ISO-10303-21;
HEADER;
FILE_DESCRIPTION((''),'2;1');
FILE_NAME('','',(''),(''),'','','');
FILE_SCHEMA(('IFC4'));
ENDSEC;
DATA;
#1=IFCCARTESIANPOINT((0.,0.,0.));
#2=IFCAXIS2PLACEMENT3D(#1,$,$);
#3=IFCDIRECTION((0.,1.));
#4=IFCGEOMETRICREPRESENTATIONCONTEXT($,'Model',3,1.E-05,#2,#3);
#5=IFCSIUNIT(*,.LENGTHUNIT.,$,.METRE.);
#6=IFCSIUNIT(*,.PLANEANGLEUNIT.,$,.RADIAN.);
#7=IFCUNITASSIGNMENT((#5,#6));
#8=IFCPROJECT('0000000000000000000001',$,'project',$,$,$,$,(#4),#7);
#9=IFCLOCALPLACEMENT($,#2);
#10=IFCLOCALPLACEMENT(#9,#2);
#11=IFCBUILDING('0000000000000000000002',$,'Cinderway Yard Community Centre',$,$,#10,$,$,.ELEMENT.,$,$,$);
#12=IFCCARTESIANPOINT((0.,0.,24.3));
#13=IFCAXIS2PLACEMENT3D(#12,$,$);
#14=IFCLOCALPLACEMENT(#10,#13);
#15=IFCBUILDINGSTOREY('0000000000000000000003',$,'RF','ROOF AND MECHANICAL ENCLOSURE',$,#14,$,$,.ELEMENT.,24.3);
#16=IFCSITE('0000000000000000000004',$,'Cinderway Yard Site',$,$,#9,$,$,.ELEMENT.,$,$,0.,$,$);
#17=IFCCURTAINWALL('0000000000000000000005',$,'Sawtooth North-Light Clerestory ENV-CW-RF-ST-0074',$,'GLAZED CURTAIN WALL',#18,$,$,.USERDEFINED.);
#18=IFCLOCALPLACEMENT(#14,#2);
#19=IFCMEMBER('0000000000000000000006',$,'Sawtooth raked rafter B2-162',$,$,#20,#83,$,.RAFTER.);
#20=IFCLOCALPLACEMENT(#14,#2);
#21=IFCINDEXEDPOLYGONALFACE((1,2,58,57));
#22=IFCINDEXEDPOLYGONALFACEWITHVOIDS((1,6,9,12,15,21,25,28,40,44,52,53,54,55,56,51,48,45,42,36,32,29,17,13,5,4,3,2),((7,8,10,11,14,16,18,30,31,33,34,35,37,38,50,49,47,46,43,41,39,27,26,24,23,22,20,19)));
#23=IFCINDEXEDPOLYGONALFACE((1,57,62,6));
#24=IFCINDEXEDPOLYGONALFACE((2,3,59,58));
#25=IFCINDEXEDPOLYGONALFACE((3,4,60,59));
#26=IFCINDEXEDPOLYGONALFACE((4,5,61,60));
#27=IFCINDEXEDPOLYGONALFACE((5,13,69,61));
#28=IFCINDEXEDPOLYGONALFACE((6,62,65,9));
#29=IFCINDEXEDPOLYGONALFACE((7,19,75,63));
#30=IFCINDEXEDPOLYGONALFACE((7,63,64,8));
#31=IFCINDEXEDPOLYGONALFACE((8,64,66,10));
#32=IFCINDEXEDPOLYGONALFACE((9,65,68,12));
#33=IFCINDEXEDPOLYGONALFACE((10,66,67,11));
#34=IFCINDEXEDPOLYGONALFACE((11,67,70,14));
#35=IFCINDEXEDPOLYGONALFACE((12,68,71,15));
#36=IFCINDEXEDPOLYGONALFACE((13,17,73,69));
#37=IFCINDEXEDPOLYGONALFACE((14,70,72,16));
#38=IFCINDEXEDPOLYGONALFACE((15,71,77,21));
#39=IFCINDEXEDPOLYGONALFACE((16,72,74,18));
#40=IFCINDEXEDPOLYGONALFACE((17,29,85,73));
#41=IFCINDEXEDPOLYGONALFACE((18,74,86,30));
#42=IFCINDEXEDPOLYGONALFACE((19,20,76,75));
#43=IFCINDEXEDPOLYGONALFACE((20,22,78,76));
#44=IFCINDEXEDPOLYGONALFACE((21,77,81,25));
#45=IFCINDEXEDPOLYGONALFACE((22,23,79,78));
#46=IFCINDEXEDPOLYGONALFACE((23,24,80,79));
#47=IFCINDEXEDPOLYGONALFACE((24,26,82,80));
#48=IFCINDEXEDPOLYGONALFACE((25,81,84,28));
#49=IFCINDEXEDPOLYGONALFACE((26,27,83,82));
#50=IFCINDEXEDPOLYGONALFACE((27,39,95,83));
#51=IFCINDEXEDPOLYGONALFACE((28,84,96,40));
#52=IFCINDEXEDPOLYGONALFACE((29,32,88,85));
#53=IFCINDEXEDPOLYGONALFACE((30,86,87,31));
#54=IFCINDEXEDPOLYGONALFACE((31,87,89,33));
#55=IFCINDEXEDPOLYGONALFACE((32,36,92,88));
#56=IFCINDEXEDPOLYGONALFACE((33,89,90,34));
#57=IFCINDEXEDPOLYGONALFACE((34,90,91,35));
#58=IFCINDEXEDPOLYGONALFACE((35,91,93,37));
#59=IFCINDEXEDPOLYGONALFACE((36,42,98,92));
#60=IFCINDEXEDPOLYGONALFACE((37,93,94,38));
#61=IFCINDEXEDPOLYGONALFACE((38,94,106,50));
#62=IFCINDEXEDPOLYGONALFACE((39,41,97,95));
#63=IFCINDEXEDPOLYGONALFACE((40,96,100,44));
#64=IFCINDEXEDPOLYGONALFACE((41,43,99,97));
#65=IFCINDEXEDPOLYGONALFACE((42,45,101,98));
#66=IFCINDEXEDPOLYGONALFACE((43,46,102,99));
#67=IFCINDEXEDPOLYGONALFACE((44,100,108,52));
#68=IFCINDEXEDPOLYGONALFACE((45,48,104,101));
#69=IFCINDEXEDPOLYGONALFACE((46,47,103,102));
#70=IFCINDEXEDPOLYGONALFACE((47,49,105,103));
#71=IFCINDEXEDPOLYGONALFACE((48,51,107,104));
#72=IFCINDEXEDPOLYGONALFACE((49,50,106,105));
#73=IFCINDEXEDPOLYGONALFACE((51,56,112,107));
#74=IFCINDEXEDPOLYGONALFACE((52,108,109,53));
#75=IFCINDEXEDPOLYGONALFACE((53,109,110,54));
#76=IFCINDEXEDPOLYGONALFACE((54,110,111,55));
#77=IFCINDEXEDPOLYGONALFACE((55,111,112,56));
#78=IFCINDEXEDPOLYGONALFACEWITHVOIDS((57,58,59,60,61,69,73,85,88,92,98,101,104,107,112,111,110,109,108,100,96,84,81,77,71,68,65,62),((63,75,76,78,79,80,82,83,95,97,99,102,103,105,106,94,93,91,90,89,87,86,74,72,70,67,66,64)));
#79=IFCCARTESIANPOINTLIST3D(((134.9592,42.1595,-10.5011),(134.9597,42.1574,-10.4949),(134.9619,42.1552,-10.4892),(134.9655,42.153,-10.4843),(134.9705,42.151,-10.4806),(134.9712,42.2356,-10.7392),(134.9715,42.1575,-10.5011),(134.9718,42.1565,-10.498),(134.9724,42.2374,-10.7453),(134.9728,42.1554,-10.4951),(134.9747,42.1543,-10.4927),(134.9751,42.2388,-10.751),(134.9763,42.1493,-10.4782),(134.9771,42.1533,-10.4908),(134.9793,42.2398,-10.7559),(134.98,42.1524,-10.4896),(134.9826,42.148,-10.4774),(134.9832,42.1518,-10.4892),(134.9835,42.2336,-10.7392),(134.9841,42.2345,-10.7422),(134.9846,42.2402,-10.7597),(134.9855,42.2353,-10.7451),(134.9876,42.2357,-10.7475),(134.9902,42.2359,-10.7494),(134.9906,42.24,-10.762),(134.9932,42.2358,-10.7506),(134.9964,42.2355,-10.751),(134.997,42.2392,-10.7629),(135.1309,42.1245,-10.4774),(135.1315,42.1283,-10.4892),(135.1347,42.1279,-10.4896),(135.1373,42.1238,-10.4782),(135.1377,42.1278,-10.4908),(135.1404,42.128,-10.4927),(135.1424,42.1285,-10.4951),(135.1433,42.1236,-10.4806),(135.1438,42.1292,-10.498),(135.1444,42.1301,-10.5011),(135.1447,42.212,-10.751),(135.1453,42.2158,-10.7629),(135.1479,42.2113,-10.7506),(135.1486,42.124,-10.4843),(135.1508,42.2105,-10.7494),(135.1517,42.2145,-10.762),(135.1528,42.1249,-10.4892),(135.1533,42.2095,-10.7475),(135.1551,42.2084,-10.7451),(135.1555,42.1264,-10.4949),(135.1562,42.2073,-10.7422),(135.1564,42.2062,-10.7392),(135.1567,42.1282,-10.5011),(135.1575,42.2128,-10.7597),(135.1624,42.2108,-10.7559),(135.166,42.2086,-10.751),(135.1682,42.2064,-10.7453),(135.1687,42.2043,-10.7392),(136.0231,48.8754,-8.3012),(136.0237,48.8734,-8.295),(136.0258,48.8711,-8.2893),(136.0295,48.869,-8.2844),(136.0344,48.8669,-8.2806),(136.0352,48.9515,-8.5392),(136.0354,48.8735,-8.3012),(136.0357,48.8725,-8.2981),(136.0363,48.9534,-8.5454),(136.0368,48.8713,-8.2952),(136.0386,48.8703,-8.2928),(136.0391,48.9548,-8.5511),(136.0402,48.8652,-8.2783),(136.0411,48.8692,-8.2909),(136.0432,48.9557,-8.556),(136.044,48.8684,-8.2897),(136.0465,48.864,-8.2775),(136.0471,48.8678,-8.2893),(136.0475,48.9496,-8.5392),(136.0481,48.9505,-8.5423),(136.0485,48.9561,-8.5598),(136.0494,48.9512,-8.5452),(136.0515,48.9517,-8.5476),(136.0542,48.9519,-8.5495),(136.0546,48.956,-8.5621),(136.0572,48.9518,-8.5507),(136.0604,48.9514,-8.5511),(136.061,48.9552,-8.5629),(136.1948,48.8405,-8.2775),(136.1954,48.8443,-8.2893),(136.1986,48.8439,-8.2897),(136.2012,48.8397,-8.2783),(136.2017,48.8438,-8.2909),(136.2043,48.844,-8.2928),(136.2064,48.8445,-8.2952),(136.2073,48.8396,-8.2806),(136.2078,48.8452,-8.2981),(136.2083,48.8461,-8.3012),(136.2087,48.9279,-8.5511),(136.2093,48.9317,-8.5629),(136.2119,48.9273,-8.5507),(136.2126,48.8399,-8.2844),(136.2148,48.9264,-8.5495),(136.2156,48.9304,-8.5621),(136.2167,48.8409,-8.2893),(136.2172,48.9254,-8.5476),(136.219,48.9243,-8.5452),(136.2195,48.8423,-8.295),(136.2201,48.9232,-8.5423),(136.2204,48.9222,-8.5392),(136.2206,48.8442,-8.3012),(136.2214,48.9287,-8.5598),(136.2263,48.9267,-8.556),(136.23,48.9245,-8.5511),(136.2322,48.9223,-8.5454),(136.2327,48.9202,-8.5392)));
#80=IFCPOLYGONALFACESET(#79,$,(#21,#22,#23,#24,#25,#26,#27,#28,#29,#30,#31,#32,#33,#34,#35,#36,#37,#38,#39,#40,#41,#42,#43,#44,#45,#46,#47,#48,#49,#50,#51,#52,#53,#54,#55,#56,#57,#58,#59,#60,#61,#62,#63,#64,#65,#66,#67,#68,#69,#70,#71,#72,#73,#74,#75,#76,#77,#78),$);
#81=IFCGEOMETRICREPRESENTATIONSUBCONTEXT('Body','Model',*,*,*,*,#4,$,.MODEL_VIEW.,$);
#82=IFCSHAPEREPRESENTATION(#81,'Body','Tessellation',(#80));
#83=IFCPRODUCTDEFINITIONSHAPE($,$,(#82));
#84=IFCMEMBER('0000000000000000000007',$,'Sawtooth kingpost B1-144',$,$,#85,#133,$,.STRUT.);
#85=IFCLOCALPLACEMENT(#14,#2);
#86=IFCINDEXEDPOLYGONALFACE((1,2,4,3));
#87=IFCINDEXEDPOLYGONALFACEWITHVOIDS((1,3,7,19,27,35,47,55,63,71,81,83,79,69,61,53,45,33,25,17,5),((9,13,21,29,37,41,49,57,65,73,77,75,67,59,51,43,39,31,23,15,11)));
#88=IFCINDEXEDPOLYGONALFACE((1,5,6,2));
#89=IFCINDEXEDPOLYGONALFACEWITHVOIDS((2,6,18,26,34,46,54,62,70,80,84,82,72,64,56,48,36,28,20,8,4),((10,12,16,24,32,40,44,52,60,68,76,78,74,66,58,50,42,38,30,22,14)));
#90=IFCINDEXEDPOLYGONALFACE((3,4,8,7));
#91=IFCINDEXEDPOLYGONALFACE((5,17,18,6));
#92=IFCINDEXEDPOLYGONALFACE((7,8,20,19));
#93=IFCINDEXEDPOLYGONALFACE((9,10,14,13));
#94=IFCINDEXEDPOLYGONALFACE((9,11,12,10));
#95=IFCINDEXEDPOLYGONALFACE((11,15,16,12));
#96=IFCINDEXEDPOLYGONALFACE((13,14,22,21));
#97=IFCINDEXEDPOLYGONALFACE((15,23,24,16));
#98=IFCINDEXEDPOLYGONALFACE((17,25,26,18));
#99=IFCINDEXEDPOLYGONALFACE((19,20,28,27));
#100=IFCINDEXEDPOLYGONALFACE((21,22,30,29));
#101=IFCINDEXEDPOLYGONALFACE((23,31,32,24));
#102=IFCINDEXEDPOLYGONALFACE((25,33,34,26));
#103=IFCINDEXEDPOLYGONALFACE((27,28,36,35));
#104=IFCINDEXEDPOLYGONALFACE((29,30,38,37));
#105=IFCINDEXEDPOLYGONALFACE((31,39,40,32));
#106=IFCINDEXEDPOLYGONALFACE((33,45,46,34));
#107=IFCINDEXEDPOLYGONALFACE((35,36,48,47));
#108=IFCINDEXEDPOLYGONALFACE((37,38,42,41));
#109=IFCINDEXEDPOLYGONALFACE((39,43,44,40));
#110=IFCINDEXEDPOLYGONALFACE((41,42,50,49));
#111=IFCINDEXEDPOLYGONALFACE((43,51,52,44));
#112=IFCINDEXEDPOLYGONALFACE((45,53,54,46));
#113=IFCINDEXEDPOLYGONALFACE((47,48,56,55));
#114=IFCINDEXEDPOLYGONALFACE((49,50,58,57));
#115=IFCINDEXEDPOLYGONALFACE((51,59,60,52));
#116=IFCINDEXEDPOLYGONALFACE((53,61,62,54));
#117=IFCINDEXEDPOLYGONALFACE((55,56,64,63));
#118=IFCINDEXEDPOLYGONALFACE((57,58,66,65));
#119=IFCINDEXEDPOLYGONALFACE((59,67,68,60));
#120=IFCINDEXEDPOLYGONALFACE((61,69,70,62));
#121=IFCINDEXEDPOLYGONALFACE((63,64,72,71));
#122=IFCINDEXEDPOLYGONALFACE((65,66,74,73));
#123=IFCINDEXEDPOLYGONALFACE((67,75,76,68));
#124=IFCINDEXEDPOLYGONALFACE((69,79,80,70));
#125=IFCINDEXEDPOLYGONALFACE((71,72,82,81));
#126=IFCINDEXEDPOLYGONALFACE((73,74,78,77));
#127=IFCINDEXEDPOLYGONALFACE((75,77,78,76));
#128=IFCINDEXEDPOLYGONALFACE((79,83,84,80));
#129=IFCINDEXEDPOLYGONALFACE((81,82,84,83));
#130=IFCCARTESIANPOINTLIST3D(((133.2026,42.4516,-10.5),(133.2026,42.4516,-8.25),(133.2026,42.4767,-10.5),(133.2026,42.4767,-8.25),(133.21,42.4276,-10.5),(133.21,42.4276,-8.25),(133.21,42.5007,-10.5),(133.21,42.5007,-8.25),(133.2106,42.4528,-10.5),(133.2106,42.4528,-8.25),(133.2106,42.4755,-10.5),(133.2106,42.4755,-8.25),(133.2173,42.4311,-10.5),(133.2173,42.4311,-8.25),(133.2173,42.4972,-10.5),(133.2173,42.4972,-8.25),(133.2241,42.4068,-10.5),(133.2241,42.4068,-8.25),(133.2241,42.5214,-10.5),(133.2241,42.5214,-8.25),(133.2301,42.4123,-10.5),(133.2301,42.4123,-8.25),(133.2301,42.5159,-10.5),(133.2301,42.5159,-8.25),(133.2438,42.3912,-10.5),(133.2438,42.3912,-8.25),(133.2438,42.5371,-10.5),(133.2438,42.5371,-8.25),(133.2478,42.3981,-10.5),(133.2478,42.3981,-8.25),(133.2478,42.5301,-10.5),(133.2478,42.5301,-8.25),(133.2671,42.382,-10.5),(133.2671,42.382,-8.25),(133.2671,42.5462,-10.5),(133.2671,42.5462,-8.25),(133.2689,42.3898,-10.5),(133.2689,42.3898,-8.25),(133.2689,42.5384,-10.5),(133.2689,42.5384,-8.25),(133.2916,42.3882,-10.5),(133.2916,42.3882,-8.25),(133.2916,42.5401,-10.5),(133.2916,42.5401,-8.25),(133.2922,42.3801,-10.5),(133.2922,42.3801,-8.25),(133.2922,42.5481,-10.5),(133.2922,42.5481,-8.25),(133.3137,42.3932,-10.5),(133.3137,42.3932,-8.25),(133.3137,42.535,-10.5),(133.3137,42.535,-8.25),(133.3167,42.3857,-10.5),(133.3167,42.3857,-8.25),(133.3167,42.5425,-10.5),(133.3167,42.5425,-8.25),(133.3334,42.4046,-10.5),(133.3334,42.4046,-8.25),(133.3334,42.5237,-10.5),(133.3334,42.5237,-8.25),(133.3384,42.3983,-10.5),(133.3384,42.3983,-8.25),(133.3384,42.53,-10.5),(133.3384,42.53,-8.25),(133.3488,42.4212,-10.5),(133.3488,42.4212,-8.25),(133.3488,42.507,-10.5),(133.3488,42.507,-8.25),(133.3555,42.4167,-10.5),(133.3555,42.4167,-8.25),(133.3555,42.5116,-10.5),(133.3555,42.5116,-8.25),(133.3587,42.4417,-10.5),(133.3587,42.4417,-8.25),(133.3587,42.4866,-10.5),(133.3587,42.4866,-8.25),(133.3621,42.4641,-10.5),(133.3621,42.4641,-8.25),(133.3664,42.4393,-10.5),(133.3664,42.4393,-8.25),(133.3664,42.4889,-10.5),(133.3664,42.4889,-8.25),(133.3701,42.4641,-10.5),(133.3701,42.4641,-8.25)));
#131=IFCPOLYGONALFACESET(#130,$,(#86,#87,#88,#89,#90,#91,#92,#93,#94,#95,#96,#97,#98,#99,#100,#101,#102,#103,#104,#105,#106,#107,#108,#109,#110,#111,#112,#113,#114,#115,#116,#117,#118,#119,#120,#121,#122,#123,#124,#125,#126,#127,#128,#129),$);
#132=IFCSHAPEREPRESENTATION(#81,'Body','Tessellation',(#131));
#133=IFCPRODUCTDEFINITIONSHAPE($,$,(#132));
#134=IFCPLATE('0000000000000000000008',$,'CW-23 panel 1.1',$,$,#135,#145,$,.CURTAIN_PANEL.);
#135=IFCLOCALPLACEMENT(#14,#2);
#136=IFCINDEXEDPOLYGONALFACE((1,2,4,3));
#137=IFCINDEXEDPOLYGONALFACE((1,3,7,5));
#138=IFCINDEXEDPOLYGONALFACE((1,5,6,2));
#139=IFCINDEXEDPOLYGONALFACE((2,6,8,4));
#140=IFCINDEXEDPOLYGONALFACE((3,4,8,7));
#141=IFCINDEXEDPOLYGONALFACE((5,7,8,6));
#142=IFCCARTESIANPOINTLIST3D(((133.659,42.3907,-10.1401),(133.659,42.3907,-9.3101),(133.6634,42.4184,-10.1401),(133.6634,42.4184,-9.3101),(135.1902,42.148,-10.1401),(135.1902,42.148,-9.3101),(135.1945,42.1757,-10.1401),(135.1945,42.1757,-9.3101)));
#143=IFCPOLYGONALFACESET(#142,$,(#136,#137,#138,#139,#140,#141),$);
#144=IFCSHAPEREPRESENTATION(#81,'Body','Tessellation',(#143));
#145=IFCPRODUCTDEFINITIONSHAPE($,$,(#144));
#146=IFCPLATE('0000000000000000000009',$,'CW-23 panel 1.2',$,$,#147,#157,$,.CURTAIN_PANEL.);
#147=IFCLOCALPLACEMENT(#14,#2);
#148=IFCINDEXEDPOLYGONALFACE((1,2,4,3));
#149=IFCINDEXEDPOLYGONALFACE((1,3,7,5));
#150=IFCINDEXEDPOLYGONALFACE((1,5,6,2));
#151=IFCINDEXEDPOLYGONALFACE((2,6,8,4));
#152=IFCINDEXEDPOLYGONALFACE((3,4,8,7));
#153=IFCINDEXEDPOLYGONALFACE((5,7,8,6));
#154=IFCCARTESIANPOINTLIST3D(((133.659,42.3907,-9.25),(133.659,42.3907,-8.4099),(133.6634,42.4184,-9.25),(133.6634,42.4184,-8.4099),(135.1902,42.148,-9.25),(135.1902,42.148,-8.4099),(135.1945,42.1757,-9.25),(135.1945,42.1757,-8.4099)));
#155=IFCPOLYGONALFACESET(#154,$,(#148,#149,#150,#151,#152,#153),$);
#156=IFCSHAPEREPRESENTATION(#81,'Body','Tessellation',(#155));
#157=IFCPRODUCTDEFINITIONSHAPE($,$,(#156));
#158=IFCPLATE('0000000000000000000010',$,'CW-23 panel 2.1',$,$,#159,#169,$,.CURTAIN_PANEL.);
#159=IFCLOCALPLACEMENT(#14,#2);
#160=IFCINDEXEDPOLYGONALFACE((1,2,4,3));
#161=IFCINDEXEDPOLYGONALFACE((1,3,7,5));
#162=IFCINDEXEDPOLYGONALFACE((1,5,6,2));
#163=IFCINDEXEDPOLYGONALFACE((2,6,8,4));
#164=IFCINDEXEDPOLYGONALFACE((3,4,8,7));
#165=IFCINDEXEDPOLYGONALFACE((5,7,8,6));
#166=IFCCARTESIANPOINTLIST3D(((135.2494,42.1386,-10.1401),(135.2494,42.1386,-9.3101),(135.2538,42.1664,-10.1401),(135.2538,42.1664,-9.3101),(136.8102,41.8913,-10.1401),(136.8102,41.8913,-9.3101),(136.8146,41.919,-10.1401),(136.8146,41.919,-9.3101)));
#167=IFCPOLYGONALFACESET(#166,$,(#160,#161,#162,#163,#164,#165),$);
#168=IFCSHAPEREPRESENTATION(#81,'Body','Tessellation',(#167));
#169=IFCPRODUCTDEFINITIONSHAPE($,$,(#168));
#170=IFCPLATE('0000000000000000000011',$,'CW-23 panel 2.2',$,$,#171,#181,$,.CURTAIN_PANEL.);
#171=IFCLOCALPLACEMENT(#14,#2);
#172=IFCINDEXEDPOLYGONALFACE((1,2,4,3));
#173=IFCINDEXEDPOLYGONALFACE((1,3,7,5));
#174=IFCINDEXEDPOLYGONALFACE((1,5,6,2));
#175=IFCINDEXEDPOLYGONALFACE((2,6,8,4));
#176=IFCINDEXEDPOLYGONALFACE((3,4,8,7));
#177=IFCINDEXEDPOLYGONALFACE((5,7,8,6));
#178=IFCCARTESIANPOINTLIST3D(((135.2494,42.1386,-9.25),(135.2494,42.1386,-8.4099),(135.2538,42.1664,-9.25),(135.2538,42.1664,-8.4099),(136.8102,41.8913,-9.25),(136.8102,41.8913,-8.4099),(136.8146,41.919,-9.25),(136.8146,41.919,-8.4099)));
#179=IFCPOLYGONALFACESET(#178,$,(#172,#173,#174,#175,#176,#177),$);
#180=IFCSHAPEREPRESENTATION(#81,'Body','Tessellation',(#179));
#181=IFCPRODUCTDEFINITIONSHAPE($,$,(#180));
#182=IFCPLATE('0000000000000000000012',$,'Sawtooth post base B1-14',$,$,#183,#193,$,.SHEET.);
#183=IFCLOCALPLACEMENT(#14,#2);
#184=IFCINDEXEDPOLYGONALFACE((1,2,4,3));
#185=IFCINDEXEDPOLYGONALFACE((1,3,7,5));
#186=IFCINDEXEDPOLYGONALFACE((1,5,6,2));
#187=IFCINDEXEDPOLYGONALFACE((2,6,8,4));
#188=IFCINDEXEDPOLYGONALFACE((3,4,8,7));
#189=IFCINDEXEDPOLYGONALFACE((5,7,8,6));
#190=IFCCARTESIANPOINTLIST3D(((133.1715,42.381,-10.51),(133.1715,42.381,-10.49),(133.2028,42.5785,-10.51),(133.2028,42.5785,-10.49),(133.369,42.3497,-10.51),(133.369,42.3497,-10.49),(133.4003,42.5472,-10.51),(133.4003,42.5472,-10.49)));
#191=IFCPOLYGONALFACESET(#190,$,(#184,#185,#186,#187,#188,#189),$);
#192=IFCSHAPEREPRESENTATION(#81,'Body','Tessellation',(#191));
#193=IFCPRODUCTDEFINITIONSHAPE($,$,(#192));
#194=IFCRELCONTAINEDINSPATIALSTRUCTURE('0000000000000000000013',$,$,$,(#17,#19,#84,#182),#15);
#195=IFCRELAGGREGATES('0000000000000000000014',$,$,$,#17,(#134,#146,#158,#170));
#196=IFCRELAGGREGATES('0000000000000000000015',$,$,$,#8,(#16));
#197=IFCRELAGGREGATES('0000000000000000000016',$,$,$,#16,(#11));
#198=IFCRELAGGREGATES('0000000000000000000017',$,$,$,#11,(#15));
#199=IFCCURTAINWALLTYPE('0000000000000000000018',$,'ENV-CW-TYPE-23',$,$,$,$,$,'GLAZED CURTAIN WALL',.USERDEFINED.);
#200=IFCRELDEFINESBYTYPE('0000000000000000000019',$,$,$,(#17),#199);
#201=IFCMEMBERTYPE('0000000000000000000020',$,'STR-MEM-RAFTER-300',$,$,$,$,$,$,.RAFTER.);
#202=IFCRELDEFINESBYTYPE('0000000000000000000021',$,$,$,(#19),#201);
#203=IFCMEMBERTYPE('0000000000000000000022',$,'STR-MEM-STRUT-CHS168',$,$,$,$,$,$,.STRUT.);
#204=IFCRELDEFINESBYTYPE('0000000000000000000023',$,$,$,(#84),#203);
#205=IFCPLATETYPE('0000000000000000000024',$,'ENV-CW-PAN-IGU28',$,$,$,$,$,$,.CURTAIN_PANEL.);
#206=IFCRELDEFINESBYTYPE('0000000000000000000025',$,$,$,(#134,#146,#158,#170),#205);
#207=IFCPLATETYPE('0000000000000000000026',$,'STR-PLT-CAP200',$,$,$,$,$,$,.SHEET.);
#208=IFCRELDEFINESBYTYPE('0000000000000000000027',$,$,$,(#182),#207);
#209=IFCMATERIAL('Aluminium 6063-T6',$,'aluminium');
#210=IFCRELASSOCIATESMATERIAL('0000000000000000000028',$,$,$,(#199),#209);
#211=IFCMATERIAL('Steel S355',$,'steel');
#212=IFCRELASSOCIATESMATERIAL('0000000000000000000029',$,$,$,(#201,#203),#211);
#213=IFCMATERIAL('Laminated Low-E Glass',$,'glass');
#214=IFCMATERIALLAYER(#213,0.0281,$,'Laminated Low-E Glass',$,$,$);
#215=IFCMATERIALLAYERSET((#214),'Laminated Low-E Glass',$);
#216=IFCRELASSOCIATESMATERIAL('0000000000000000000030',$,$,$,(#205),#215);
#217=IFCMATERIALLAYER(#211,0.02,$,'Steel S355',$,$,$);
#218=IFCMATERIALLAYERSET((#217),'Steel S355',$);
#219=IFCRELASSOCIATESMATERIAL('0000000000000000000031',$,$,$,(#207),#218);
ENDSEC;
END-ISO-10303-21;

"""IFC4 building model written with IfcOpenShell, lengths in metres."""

from ifc_helpers import new_model, si_unit, direction, frame, origin, origin_2d, place, context, subcontext, project, spatial, rectangle, hollow_rectangle, hollow_circle, extrude, material, layer, layer_set, material_profile, profile_set, type_object, element, aggregate, save


model = new_model("IFC4")

# Units and contexts
model_context = context("Model", 3, precision=1e-05, world=origin(), true_north=direction((0.0, 1.0)))
body_context = subcontext(model_context, "Body", "Model", "MODEL_VIEW")
ifc_project = project(units=[si_unit("LENGTHUNIT", "METRE"), si_unit("PLANEANGLEUNIT", "RADIAN")], contexts=[model_context])

# Site, building, storey
site_placement = place(None, origin())
site = spatial("IfcSite", under=ifc_project, at=site_placement, Name="Cinderway Yard Site", CompositionType="ELEMENT", RefElevation=0.0)
building_placement = place(site_placement, origin())
building = spatial("IfcBuilding", under=site, at=building_placement, Name="Cinderway Yard Community Centre", CompositionType="ELEMENT")
storey_placement = place(building_placement, frame((0.0, 0.0, 24.3)))
storey = spatial("IfcBuildingStorey", under=building, at=storey_placement, Name="RF", Description="ROOF AND MECHANICAL ENCLOSURE", CompositionType="ELEMENT", Elevation=24.3)

# Curtain wall
ifc_material_1 = material(Name="Aluminium 6063-T6", Category="aluminium")
curtain_wall_type = type_object("IfcCurtainWallType", Name="ENV-CW-TYPE-23", ElementType="GLAZED CURTAIN WALL", PredefinedType="USERDEFINED", material=ifc_material_1)
curtain_wall_placement = place(storey_placement, origin())
curtain_wall = element("IfcCurtainWall", 1, at=curtain_wall_placement, inside=storey, type_object=curtain_wall_type, Name="Sawtooth North-Light Clerestory ENV-CW-RF-ST-0074", ObjectType="GLAZED CURTAIN WALL", PredefinedType="USERDEFINED")

# Members
ifc_material_2 = material(Name="Steel S355", Category="steel")
ifc_material_profile_1 = material_profile(ifc_material_2, hollow_rectangle(XDim=0.2, YDim=0.3, WallThickness=0.0125, InnerFilletRadius=0.0125, OuterFilletRadius=0.0249, at=origin_2d()), Name="Steel S355")
ifc_profile_set_1 = profile_set([ifc_material_profile_1], Name="Steel S355")
member_type_1 = type_object("IfcMemberType", Name="STR-MEM-RAFTER-300", PredefinedType="RAFTER", material=ifc_profile_set_1)
member_1_placement = place(storey_placement, frame((135.064, 42.1819, -10.6201), z_axis=(0.148872, 0.939725, 0.307822), x_axis=(-0.987683, 0.15647, 0.0)))
element("IfcMember", 2, at=member_1_placement, inside=storey, type_object=member_type_1, Name="Sawtooth raked rafter B2-162", PredefinedType="RAFTER", context=body_context, shape_type="SweptSolid", body=[
    extrude(hollow_rectangle(XDim=0.2, YDim=0.3, WallThickness=0.0125, InnerFilletRadius=0.0125, OuterFilletRadius=0.0249, at=origin_2d()), origin(), (0.0, 0.0, 1.0), 7.1467),
])
ifc_material_profile_2 = material_profile(ifc_material_2, hollow_circle(Radius=0.0842, WallThickness=0.0081, at=origin_2d()), Name="Steel S355")
ifc_profile_set_2 = profile_set([ifc_material_profile_2], Name="Steel S355")
member_type_2 = type_object("IfcMemberType", Name="STR-MEM-STRUT-CHS168", PredefinedType="STRUT", material=ifc_profile_set_2)
member_2_placement = place(storey_placement, frame((133.2859, 42.4641, -10.5), z_axis=(0.0, 0.0, 1.0), x_axis=(1.0, 0.0, 0.0)))
element("IfcMember", 3, at=member_2_placement, inside=storey, type_object=member_type_2, Name="Sawtooth kingpost B1-144", PredefinedType="STRUT", context=body_context, shape_type="SweptSolid", body=[
    extrude(hollow_circle(Radius=0.0842, WallThickness=0.0081, at=origin_2d()), origin(), (0.0, 0.0, 1.0), 2.25),
])

# Plates
ifc_material_3 = material(Name="Laminated Low-E Glass", Category="glass")
ifc_layer_1 = layer(ifc_material_3, 0.0281, Name="Laminated Low-E Glass")
ifc_layer_set_1 = layer_set([ifc_layer_1], Name="Laminated Low-E Glass")
plate_type_1 = type_object("IfcPlateType", Name="ENV-CW-PAN-IGU28", PredefinedType="CURTAIN_PANEL", material=ifc_layer_set_1)
plate_1_placement = place(storey_placement, frame((134.4268, 42.2832, -10.1401), z_axis=(0.0, 0.0, 1.0), x_axis=(0.987673, -0.156534, 0.0)))
plate_1 = element("IfcPlate", 4, at=plate_1_placement, type_object=plate_type_1, Name="CW-23 panel 1.1", PredefinedType="CURTAIN_PANEL", context=body_context, shape_type="SweptSolid", body=[
    extrude(rectangle(XDim=1.5503, YDim=0.0281, at=origin_2d()), origin(), (0.0, 0.0, 1.0), 0.8301),
])
plate_2_placement = place(storey_placement, frame((134.4268, 42.2832, -9.25), z_axis=(0.0, 0.0, 1.0), x_axis=(0.987673, -0.156534, 0.0)))
plate_2 = element("IfcPlate", 5, at=plate_2_placement, type_object=plate_type_1, Name="CW-23 panel 1.2", PredefinedType="CURTAIN_PANEL", context=body_context, shape_type="SweptSolid", body=[
    extrude(rectangle(XDim=1.5503, YDim=0.0281, at=origin_2d()), origin(), (0.0, 0.0, 1.0), 0.8401),
])
plate_3_placement = place(storey_placement, frame((136.032, 42.0288, -10.1401), z_axis=(0.0, 0.0, 1.0), x_axis=(0.987673, -0.156534, 0.0)))
plate_3 = element("IfcPlate", 6, at=plate_3_placement, type_object=plate_type_1, Name="CW-23 panel 2.1", PredefinedType="CURTAIN_PANEL", context=body_context, shape_type="SweptSolid", body=[
    extrude(rectangle(XDim=1.5803, YDim=0.0281, at=origin_2d()), origin(), (0.0, 0.0, 1.0), 0.8301),
])
plate_4_placement = place(storey_placement, frame((136.032, 42.0288, -9.25), z_axis=(0.0, 0.0, 1.0), x_axis=(0.987673, -0.156534, 0.0)))
plate_4 = element("IfcPlate", 7, at=plate_4_placement, type_object=plate_type_1, Name="CW-23 panel 2.2", PredefinedType="CURTAIN_PANEL", context=body_context, shape_type="SweptSolid", body=[
    extrude(rectangle(XDim=1.5803, YDim=0.0281, at=origin_2d()), origin(), (0.0, 0.0, 1.0), 0.8401),
])
aggregate(curtain_wall, [plate_1, plate_2, plate_3, plate_4])

# Plate
ifc_layer_2 = layer(ifc_material_2, 0.02, Name="Steel S355")
ifc_layer_set_2 = layer_set([ifc_layer_2], Name="Steel S355")
plate_type_2 = type_object("IfcPlateType", Name="STR-PLT-CAP200", PredefinedType="SHEET", material=ifc_layer_set_2)
for number, where, z_axis, x_axis, name in (
    (8, (133.2859, 42.4641, -10.51), (0.0, 0.0, 1.0), (0.987688, -0.156434, 0.0), "Sawtooth post base B1-14"),
):
    element("IfcPlate", number, at=place(storey_placement, frame(where, z_axis=z_axis, x_axis=x_axis)), inside=storey, type_object=plate_type_2, Name=name, PredefinedType="SHEET", context=body_context, shape_type="SweptSolid", body=[
        extrude(rectangle(XDim=0.2, YDim=0.2, at=origin_2d()), origin(), (0.0, 0.0, 1.0), 0.02),
    ])

save(model, "model.ifc")
